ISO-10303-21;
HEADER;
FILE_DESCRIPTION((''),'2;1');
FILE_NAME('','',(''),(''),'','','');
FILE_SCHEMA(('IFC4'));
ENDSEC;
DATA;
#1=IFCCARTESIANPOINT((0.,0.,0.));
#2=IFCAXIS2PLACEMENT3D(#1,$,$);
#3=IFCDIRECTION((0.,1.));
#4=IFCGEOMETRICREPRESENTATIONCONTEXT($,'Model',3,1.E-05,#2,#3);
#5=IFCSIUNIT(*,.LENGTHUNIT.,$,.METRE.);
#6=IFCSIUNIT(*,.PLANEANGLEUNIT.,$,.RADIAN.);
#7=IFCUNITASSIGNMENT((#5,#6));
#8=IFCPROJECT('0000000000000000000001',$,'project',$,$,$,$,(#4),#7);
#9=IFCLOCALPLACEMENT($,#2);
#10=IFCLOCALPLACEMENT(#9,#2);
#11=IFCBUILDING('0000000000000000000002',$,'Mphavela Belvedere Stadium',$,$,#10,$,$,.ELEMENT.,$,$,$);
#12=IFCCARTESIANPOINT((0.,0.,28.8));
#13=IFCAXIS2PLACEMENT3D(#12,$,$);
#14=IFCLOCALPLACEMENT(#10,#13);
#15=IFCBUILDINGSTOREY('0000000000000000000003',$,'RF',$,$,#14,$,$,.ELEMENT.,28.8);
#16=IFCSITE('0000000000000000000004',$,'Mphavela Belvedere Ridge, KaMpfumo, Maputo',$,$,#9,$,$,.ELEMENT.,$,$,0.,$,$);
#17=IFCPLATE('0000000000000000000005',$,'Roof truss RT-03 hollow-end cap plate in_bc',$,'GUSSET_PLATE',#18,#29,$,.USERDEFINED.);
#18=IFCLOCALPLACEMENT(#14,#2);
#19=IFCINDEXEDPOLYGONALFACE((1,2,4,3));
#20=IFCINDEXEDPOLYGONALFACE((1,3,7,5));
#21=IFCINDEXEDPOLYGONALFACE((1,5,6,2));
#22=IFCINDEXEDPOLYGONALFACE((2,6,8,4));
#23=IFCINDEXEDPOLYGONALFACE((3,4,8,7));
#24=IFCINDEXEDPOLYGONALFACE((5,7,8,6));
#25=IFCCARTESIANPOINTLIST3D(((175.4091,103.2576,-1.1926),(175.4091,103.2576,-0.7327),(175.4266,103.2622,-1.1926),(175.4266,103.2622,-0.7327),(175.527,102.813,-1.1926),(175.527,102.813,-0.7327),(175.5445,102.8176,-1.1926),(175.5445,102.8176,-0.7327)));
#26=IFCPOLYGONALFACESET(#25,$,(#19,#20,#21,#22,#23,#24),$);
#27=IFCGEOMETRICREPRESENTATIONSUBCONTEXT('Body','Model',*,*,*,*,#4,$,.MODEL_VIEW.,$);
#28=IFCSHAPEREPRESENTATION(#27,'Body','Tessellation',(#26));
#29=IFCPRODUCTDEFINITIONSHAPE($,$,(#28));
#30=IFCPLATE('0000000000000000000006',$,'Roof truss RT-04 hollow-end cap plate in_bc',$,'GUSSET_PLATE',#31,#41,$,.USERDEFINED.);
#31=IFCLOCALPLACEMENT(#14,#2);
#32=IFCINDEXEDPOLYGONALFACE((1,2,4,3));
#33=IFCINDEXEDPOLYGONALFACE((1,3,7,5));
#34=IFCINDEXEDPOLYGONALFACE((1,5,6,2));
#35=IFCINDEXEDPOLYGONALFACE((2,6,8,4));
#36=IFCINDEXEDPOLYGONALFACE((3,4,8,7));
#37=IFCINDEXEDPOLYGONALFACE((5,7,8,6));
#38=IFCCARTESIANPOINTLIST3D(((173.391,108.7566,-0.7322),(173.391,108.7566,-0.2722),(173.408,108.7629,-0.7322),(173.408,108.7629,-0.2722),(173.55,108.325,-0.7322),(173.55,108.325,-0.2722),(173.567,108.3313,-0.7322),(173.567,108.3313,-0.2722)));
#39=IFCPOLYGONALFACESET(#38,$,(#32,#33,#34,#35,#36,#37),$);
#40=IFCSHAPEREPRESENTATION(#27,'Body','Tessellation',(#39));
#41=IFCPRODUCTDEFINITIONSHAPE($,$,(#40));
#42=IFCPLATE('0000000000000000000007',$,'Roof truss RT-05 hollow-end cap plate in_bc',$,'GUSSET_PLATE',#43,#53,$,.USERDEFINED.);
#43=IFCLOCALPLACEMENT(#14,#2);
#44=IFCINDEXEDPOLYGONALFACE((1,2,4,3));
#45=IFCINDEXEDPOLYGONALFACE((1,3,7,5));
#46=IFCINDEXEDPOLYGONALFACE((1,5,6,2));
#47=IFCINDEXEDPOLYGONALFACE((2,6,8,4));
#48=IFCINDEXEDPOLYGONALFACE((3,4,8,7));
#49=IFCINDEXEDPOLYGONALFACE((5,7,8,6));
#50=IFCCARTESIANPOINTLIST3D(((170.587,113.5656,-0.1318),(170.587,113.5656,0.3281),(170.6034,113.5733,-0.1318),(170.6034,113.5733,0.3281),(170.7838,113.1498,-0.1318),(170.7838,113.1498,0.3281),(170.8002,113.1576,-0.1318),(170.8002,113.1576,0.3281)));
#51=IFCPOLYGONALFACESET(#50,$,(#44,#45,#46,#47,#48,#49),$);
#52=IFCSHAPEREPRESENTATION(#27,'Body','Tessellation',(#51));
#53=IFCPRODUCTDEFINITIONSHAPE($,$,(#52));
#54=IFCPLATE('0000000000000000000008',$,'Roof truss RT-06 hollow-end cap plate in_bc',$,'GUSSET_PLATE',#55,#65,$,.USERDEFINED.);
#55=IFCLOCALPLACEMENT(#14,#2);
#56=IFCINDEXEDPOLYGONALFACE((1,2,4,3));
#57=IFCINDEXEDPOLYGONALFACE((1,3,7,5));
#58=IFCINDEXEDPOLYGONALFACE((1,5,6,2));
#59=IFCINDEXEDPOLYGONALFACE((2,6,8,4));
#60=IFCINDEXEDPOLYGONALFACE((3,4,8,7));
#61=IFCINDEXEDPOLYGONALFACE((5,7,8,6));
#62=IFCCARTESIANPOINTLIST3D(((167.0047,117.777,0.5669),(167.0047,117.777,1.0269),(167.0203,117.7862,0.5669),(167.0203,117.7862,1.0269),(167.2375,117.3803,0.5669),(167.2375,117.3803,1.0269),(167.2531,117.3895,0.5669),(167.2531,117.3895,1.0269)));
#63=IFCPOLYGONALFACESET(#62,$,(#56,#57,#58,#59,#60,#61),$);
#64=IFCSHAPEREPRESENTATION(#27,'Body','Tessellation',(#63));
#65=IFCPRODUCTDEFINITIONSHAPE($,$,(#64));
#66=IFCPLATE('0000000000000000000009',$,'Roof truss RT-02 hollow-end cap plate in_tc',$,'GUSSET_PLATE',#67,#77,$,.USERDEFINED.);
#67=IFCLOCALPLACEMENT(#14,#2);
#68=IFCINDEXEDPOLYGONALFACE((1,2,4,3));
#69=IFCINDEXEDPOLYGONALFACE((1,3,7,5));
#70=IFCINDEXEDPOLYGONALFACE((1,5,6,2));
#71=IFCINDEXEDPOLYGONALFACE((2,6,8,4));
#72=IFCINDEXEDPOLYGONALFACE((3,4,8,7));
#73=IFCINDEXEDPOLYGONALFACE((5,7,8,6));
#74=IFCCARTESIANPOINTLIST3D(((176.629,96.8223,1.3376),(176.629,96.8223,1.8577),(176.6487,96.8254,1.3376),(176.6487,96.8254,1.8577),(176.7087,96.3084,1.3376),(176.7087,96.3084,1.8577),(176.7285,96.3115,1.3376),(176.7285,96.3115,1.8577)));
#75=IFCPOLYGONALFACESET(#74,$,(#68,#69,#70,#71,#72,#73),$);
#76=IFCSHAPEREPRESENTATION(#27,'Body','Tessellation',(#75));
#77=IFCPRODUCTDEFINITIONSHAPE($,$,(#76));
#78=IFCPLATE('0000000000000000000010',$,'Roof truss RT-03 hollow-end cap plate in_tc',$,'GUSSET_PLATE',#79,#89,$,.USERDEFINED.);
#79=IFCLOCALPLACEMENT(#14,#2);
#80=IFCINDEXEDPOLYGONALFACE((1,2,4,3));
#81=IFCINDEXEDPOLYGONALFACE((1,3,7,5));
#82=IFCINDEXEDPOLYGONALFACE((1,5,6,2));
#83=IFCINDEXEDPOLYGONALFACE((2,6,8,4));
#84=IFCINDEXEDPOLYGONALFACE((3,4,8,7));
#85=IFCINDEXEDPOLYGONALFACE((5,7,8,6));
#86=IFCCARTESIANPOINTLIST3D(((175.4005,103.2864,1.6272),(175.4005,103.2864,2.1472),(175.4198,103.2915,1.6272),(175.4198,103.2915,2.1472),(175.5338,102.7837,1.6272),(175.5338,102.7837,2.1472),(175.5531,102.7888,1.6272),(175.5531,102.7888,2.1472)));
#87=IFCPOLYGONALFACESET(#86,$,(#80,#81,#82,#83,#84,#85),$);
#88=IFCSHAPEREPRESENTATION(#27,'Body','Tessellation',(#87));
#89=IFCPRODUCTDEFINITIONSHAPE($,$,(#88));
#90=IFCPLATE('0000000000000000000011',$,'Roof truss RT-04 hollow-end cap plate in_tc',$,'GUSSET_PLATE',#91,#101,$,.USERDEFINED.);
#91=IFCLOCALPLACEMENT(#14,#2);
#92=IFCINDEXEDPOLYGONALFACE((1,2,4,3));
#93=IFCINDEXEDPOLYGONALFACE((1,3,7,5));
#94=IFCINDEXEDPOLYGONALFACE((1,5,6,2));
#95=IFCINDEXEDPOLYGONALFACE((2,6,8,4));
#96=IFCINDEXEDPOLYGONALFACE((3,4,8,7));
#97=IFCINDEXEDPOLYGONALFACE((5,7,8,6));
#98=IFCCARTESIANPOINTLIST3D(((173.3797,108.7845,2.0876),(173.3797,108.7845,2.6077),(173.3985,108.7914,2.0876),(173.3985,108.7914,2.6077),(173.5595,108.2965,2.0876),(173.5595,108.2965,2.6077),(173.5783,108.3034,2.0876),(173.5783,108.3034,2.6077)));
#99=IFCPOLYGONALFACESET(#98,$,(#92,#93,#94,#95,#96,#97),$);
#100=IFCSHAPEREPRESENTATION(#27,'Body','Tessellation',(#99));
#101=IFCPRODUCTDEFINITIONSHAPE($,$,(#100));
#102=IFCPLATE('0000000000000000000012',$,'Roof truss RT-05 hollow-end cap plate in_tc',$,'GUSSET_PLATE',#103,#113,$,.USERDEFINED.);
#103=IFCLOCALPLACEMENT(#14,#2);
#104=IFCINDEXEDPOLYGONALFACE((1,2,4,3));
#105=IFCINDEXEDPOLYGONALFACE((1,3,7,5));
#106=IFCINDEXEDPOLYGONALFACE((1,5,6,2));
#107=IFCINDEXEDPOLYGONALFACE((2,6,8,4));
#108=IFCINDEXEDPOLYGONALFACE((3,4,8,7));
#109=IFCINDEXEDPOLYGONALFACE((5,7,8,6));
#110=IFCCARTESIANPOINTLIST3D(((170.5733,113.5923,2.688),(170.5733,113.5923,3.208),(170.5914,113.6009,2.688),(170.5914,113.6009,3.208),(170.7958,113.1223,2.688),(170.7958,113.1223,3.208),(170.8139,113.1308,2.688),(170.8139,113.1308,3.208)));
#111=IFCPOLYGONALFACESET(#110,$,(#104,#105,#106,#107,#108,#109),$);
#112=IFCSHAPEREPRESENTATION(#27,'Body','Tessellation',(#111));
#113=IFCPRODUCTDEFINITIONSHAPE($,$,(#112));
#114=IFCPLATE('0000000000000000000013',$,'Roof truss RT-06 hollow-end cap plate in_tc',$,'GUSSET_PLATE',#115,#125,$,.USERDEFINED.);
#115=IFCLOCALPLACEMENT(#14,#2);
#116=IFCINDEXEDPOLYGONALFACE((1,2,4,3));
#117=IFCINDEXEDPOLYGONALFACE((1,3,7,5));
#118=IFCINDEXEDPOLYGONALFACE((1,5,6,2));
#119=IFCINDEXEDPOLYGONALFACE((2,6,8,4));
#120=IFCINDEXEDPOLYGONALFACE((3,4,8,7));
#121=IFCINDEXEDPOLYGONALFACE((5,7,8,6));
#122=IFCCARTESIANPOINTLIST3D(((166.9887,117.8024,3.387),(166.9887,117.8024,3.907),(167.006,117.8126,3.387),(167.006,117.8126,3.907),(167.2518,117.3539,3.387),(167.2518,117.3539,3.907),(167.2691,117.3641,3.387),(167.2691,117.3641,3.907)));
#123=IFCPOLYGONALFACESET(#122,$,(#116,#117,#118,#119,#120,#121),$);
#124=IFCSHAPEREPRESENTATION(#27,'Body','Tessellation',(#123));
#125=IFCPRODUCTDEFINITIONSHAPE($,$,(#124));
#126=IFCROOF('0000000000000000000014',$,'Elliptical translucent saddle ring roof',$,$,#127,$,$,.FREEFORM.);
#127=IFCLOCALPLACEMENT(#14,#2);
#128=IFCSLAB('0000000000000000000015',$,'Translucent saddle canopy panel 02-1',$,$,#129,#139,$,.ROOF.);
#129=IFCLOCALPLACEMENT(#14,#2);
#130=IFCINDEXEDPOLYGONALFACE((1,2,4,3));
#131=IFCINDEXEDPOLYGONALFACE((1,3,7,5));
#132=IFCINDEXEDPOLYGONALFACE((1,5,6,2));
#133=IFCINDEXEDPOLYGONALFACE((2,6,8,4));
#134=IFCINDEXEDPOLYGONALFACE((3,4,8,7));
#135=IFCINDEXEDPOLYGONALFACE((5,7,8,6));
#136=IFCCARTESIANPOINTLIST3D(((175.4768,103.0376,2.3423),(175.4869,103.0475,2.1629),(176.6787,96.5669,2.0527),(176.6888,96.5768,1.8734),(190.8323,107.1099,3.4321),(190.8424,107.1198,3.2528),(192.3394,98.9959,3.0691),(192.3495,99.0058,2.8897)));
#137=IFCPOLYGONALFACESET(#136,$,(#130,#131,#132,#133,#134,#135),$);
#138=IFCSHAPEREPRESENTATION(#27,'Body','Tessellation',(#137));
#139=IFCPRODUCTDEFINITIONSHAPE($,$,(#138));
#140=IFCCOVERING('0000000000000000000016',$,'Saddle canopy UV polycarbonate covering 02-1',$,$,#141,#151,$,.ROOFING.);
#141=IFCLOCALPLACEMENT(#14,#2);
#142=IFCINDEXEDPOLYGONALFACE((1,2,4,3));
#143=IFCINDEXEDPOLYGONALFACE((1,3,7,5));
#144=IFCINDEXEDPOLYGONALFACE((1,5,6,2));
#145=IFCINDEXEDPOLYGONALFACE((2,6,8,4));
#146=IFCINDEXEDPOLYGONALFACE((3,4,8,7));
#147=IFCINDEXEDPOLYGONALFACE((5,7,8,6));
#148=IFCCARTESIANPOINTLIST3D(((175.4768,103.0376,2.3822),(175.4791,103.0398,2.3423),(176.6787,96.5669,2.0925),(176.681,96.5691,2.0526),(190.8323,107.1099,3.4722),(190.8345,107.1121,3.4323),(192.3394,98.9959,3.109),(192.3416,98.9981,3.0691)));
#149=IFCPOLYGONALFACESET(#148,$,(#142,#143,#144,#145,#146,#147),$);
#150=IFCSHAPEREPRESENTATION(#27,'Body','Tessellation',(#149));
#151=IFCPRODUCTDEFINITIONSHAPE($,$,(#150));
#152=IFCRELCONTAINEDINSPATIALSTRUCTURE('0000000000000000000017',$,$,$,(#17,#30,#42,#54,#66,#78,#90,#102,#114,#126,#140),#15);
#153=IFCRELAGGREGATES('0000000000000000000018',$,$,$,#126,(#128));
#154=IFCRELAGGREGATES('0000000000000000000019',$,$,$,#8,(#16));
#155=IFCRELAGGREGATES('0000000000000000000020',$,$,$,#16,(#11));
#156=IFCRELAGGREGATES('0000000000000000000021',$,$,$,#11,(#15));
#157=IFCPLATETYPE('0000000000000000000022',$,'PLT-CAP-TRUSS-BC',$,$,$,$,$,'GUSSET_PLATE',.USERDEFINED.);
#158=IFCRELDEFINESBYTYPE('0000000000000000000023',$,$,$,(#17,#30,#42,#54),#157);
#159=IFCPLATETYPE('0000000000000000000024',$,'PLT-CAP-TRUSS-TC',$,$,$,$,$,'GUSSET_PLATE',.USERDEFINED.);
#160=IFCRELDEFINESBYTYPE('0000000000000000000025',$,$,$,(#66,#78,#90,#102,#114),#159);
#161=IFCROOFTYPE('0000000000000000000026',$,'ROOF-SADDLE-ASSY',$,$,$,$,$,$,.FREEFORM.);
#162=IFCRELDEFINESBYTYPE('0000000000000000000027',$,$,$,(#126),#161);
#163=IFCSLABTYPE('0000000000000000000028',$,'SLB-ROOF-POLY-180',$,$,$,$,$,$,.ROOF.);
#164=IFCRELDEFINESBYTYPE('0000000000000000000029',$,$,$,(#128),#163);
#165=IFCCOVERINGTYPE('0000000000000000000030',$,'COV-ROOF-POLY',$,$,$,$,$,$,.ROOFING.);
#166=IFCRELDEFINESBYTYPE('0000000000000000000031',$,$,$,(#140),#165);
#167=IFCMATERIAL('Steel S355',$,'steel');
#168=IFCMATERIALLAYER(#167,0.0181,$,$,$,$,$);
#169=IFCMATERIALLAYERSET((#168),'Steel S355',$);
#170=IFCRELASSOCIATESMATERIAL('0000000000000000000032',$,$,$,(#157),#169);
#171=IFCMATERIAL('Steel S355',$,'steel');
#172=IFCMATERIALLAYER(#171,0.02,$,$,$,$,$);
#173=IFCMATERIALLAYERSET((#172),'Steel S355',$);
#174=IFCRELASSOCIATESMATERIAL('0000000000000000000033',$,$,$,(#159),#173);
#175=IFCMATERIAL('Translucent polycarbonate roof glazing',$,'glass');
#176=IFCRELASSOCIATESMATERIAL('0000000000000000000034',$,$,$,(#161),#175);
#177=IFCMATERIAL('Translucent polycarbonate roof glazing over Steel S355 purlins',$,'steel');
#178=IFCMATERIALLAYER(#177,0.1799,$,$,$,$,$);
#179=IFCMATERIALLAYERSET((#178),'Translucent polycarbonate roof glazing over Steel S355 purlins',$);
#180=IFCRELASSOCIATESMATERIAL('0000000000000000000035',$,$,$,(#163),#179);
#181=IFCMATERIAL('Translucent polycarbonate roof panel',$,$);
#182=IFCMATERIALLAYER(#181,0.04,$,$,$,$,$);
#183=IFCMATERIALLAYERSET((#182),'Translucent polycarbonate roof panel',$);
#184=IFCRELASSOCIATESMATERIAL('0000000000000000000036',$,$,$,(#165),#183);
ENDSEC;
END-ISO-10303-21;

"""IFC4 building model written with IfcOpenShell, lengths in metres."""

from ifc_helpers import new_model, si_unit, direction, frame, origin, origin_2d, place, context, subcontext, project, spatial, polyline, rectangle, outline, extrude, material, layer, layer_set, type_object, element, aggregate, save


model = new_model("IFC4")

# Units and contexts
model_context = context("Model", 3, precision=1e-05, world=origin(), true_north=direction((0.0, 1.0)))
body_context = subcontext(model_context, "Body", "Model", "MODEL_VIEW")
ifc_project = project(units=[si_unit("LENGTHUNIT", "METRE"), si_unit("PLANEANGLEUNIT", "RADIAN")], contexts=[model_context])

# Site, building, storey
site_placement = place(None, origin())
site = spatial("IfcSite", under=ifc_project, at=site_placement, Name="Mphavela Belvedere Ridge, KaMpfumo, Maputo", CompositionType="ELEMENT", RefElevation=0.0)
building_placement = place(site_placement, origin())
building = spatial("IfcBuilding", under=site, at=building_placement, Name="Mphavela Belvedere Stadium", CompositionType="ELEMENT")
storey_placement = place(building_placement, frame((0.0, 0.0, 28.8)))
storey = spatial("IfcBuildingStorey", under=building, at=storey_placement, Name="RF", CompositionType="ELEMENT", Elevation=28.8)

# Plates
ifc_material_1 = material(Name="Steel S355", Category="steel")
ifc_layer_1 = layer(ifc_material_1, 0.0181)
ifc_layer_set_1 = layer_set([ifc_layer_1], Name="Steel S355")
plate_type_1 = type_object("IfcPlateType", Name="PLT-CAP-TRUSS-BC", ElementType="GUSSET_PLATE", PredefinedType="USERDEFINED", material=ifc_layer_set_1)
for number, where, z_axis, x_axis, name in (
    (1, (175.4768, 103.0376, -1.1926), (0.0, 0.0, 1.0), (0.9666, 0.256289, 0.0), "Roof truss RT-03 hollow-end cap plate in_bc"),
    (2, (173.479, 108.5439, -0.7322), (0.0, 0.0, 1.0), (0.938372, 0.345626, 0.0), "Roof truss RT-04 hollow-end cap plate in_bc"),
    (3, (170.6936, 113.3616, -0.1318), (0.0, 0.0, 1.0), (0.903859, 0.427831, 0.0), "Roof truss RT-05 hollow-end cap plate in_bc"),
    (4, (167.1289, 117.5833, 0.5669), (0.0, 0.0, 1.0), (0.862514, 0.506034, 0.0), "Roof truss RT-06 hollow-end cap plate in_bc"),
):
    element("IfcPlate", number, at=place(storey_placement, frame(where, z_axis=z_axis, x_axis=x_axis)), inside=storey, type_object=plate_type_1, Name=name, ObjectType="GUSSET_PLATE", PredefinedType="USERDEFINED", context=body_context, shape_type="SweptSolid", body=[
        extrude(rectangle(XDim=0.0181, YDim=0.46, at=origin_2d()), origin(), (0.0, 0.0, 1.0), 0.46),
    ])
ifc_material_2 = material(Name="Steel S355", Category="steel")
ifc_layer_2 = layer(ifc_material_2, 0.02)
ifc_layer_set_2 = layer_set([ifc_layer_2], Name="Steel S355")
plate_type_2 = type_object("IfcPlateType", Name="PLT-CAP-TRUSS-TC", ElementType="GUSSET_PLATE", PredefinedType="USERDEFINED", material=ifc_layer_set_2)
for number, where, z_axis, x_axis, name in (
    (5, (176.6787, 96.5669, 1.3376), (0.0, 0.0, 1.0), (0.988175, 0.153331, 0.0), "Roof truss RT-02 hollow-end cap plate in_tc"),
    (6, (175.4768, 103.0376, 1.6272), (0.0, 0.0, 1.0), (0.9666, 0.256289, 0.0), "Roof truss RT-03 hollow-end cap plate in_tc"),
    (7, (173.479, 108.5439, 2.0876), (0.0, 0.0, 1.0), (0.938372, 0.345626, 0.0), "Roof truss RT-04 hollow-end cap plate in_tc"),
    (8, (170.6936, 113.3616, 2.688), (0.0, 0.0, 1.0), (0.903859, 0.427831, 0.0), "Roof truss RT-05 hollow-end cap plate in_tc"),
    (9, (167.1289, 117.5833, 3.387), (0.0, 0.0, 1.0), (0.862514, 0.506034, 0.0), "Roof truss RT-06 hollow-end cap plate in_tc"),
):
    element("IfcPlate", number, at=place(storey_placement, frame(where, z_axis=z_axis, x_axis=x_axis)), inside=storey, type_object=plate_type_2, Name=name, ObjectType="GUSSET_PLATE", PredefinedType="USERDEFINED", context=body_context, shape_type="SweptSolid", body=[
        extrude(rectangle(XDim=0.02, YDim=0.52, at=origin_2d()), origin(), (0.0, 0.0, 1.0), 0.52),
    ])

# Roof, slab
ifc_material_3 = material(Name="Translucent polycarbonate roof glazing", Category="glass")
roof_type = type_object("IfcRoofType", Name="ROOF-SADDLE-ASSY", PredefinedType="FREEFORM", material=ifc_material_3)
roof_placement = place(storey_placement, origin())
roof = element("IfcRoof", 10, at=roof_placement, inside=storey, type_object=roof_type, Name="Elliptical translucent saddle ring roof", PredefinedType="FREEFORM")
ifc_material_4 = material(Name="Translucent polycarbonate roof glazing over Steel S355 purlins", Category="steel")
ifc_layer_3 = layer(ifc_material_4, 0.1799)
ifc_layer_set_3 = layer_set([ifc_layer_3], Name="Translucent polycarbonate roof glazing over Steel S355 purlins")
slab_type = type_object("IfcSlabType", Name="SLB-ROOF-POLY-180", PredefinedType="ROOF", material=ifc_layer_set_3)
slab_1_placement = place(storey_placement, frame((176.6787, 96.5669, 2.0527), z_axis=(-0.05616, -0.055037, 0.996904), x_axis=(-0.182445, 0.982233, 0.043949)))
slab_1 = element("IfcSlab", 11, at=slab_1_placement, type_object=slab_type, Name="Translucent saddle canopy panel 02-1", PredefinedType="ROOF", context=body_context, shape_type="SweptSolid", body=[
    extrude(outline(polyline([(0.0, 0.0), (6.5877, 0.0), (7.834, -15.8748), (-0.4267, -15.8747), (0.0, 0.0)])), origin(), (0.0, 0.0, -1.0), 0.1799),
])
aggregate(roof, [slab_1])

# Covering
ifc_material_5 = material(Name="Translucent polycarbonate roof panel")
ifc_layer_4 = layer(ifc_material_5, 0.04)
ifc_layer_set_4 = layer_set([ifc_layer_4], Name="Translucent polycarbonate roof panel")
covering_type = type_object("IfcCoveringType", Name="COV-ROOF-POLY", PredefinedType="ROOFING", material=ifc_layer_set_4)
covering_1_placement = place(storey_placement, frame((176.6787, 96.5669, 2.0925), z_axis=(-0.056164, -0.055055, 0.996902), x_axis=(-0.182444, 0.982233, 0.043966)))
element("IfcCovering", 12, at=covering_1_placement, inside=storey, type_object=covering_type, Name="Saddle canopy UV polycarbonate covering 02-1", PredefinedType="ROOFING", context=body_context, shape_type="SweptSolid", body=[
    extrude(outline(polyline([(0.0, 0.0), (6.5878, 0.0), (7.8341, -15.8748), (-0.4267, -15.8747), (0.0, 0.0)])), origin(), (0.0, 0.0, -1.0), 0.04),
])

save(model, "model.ifc")
